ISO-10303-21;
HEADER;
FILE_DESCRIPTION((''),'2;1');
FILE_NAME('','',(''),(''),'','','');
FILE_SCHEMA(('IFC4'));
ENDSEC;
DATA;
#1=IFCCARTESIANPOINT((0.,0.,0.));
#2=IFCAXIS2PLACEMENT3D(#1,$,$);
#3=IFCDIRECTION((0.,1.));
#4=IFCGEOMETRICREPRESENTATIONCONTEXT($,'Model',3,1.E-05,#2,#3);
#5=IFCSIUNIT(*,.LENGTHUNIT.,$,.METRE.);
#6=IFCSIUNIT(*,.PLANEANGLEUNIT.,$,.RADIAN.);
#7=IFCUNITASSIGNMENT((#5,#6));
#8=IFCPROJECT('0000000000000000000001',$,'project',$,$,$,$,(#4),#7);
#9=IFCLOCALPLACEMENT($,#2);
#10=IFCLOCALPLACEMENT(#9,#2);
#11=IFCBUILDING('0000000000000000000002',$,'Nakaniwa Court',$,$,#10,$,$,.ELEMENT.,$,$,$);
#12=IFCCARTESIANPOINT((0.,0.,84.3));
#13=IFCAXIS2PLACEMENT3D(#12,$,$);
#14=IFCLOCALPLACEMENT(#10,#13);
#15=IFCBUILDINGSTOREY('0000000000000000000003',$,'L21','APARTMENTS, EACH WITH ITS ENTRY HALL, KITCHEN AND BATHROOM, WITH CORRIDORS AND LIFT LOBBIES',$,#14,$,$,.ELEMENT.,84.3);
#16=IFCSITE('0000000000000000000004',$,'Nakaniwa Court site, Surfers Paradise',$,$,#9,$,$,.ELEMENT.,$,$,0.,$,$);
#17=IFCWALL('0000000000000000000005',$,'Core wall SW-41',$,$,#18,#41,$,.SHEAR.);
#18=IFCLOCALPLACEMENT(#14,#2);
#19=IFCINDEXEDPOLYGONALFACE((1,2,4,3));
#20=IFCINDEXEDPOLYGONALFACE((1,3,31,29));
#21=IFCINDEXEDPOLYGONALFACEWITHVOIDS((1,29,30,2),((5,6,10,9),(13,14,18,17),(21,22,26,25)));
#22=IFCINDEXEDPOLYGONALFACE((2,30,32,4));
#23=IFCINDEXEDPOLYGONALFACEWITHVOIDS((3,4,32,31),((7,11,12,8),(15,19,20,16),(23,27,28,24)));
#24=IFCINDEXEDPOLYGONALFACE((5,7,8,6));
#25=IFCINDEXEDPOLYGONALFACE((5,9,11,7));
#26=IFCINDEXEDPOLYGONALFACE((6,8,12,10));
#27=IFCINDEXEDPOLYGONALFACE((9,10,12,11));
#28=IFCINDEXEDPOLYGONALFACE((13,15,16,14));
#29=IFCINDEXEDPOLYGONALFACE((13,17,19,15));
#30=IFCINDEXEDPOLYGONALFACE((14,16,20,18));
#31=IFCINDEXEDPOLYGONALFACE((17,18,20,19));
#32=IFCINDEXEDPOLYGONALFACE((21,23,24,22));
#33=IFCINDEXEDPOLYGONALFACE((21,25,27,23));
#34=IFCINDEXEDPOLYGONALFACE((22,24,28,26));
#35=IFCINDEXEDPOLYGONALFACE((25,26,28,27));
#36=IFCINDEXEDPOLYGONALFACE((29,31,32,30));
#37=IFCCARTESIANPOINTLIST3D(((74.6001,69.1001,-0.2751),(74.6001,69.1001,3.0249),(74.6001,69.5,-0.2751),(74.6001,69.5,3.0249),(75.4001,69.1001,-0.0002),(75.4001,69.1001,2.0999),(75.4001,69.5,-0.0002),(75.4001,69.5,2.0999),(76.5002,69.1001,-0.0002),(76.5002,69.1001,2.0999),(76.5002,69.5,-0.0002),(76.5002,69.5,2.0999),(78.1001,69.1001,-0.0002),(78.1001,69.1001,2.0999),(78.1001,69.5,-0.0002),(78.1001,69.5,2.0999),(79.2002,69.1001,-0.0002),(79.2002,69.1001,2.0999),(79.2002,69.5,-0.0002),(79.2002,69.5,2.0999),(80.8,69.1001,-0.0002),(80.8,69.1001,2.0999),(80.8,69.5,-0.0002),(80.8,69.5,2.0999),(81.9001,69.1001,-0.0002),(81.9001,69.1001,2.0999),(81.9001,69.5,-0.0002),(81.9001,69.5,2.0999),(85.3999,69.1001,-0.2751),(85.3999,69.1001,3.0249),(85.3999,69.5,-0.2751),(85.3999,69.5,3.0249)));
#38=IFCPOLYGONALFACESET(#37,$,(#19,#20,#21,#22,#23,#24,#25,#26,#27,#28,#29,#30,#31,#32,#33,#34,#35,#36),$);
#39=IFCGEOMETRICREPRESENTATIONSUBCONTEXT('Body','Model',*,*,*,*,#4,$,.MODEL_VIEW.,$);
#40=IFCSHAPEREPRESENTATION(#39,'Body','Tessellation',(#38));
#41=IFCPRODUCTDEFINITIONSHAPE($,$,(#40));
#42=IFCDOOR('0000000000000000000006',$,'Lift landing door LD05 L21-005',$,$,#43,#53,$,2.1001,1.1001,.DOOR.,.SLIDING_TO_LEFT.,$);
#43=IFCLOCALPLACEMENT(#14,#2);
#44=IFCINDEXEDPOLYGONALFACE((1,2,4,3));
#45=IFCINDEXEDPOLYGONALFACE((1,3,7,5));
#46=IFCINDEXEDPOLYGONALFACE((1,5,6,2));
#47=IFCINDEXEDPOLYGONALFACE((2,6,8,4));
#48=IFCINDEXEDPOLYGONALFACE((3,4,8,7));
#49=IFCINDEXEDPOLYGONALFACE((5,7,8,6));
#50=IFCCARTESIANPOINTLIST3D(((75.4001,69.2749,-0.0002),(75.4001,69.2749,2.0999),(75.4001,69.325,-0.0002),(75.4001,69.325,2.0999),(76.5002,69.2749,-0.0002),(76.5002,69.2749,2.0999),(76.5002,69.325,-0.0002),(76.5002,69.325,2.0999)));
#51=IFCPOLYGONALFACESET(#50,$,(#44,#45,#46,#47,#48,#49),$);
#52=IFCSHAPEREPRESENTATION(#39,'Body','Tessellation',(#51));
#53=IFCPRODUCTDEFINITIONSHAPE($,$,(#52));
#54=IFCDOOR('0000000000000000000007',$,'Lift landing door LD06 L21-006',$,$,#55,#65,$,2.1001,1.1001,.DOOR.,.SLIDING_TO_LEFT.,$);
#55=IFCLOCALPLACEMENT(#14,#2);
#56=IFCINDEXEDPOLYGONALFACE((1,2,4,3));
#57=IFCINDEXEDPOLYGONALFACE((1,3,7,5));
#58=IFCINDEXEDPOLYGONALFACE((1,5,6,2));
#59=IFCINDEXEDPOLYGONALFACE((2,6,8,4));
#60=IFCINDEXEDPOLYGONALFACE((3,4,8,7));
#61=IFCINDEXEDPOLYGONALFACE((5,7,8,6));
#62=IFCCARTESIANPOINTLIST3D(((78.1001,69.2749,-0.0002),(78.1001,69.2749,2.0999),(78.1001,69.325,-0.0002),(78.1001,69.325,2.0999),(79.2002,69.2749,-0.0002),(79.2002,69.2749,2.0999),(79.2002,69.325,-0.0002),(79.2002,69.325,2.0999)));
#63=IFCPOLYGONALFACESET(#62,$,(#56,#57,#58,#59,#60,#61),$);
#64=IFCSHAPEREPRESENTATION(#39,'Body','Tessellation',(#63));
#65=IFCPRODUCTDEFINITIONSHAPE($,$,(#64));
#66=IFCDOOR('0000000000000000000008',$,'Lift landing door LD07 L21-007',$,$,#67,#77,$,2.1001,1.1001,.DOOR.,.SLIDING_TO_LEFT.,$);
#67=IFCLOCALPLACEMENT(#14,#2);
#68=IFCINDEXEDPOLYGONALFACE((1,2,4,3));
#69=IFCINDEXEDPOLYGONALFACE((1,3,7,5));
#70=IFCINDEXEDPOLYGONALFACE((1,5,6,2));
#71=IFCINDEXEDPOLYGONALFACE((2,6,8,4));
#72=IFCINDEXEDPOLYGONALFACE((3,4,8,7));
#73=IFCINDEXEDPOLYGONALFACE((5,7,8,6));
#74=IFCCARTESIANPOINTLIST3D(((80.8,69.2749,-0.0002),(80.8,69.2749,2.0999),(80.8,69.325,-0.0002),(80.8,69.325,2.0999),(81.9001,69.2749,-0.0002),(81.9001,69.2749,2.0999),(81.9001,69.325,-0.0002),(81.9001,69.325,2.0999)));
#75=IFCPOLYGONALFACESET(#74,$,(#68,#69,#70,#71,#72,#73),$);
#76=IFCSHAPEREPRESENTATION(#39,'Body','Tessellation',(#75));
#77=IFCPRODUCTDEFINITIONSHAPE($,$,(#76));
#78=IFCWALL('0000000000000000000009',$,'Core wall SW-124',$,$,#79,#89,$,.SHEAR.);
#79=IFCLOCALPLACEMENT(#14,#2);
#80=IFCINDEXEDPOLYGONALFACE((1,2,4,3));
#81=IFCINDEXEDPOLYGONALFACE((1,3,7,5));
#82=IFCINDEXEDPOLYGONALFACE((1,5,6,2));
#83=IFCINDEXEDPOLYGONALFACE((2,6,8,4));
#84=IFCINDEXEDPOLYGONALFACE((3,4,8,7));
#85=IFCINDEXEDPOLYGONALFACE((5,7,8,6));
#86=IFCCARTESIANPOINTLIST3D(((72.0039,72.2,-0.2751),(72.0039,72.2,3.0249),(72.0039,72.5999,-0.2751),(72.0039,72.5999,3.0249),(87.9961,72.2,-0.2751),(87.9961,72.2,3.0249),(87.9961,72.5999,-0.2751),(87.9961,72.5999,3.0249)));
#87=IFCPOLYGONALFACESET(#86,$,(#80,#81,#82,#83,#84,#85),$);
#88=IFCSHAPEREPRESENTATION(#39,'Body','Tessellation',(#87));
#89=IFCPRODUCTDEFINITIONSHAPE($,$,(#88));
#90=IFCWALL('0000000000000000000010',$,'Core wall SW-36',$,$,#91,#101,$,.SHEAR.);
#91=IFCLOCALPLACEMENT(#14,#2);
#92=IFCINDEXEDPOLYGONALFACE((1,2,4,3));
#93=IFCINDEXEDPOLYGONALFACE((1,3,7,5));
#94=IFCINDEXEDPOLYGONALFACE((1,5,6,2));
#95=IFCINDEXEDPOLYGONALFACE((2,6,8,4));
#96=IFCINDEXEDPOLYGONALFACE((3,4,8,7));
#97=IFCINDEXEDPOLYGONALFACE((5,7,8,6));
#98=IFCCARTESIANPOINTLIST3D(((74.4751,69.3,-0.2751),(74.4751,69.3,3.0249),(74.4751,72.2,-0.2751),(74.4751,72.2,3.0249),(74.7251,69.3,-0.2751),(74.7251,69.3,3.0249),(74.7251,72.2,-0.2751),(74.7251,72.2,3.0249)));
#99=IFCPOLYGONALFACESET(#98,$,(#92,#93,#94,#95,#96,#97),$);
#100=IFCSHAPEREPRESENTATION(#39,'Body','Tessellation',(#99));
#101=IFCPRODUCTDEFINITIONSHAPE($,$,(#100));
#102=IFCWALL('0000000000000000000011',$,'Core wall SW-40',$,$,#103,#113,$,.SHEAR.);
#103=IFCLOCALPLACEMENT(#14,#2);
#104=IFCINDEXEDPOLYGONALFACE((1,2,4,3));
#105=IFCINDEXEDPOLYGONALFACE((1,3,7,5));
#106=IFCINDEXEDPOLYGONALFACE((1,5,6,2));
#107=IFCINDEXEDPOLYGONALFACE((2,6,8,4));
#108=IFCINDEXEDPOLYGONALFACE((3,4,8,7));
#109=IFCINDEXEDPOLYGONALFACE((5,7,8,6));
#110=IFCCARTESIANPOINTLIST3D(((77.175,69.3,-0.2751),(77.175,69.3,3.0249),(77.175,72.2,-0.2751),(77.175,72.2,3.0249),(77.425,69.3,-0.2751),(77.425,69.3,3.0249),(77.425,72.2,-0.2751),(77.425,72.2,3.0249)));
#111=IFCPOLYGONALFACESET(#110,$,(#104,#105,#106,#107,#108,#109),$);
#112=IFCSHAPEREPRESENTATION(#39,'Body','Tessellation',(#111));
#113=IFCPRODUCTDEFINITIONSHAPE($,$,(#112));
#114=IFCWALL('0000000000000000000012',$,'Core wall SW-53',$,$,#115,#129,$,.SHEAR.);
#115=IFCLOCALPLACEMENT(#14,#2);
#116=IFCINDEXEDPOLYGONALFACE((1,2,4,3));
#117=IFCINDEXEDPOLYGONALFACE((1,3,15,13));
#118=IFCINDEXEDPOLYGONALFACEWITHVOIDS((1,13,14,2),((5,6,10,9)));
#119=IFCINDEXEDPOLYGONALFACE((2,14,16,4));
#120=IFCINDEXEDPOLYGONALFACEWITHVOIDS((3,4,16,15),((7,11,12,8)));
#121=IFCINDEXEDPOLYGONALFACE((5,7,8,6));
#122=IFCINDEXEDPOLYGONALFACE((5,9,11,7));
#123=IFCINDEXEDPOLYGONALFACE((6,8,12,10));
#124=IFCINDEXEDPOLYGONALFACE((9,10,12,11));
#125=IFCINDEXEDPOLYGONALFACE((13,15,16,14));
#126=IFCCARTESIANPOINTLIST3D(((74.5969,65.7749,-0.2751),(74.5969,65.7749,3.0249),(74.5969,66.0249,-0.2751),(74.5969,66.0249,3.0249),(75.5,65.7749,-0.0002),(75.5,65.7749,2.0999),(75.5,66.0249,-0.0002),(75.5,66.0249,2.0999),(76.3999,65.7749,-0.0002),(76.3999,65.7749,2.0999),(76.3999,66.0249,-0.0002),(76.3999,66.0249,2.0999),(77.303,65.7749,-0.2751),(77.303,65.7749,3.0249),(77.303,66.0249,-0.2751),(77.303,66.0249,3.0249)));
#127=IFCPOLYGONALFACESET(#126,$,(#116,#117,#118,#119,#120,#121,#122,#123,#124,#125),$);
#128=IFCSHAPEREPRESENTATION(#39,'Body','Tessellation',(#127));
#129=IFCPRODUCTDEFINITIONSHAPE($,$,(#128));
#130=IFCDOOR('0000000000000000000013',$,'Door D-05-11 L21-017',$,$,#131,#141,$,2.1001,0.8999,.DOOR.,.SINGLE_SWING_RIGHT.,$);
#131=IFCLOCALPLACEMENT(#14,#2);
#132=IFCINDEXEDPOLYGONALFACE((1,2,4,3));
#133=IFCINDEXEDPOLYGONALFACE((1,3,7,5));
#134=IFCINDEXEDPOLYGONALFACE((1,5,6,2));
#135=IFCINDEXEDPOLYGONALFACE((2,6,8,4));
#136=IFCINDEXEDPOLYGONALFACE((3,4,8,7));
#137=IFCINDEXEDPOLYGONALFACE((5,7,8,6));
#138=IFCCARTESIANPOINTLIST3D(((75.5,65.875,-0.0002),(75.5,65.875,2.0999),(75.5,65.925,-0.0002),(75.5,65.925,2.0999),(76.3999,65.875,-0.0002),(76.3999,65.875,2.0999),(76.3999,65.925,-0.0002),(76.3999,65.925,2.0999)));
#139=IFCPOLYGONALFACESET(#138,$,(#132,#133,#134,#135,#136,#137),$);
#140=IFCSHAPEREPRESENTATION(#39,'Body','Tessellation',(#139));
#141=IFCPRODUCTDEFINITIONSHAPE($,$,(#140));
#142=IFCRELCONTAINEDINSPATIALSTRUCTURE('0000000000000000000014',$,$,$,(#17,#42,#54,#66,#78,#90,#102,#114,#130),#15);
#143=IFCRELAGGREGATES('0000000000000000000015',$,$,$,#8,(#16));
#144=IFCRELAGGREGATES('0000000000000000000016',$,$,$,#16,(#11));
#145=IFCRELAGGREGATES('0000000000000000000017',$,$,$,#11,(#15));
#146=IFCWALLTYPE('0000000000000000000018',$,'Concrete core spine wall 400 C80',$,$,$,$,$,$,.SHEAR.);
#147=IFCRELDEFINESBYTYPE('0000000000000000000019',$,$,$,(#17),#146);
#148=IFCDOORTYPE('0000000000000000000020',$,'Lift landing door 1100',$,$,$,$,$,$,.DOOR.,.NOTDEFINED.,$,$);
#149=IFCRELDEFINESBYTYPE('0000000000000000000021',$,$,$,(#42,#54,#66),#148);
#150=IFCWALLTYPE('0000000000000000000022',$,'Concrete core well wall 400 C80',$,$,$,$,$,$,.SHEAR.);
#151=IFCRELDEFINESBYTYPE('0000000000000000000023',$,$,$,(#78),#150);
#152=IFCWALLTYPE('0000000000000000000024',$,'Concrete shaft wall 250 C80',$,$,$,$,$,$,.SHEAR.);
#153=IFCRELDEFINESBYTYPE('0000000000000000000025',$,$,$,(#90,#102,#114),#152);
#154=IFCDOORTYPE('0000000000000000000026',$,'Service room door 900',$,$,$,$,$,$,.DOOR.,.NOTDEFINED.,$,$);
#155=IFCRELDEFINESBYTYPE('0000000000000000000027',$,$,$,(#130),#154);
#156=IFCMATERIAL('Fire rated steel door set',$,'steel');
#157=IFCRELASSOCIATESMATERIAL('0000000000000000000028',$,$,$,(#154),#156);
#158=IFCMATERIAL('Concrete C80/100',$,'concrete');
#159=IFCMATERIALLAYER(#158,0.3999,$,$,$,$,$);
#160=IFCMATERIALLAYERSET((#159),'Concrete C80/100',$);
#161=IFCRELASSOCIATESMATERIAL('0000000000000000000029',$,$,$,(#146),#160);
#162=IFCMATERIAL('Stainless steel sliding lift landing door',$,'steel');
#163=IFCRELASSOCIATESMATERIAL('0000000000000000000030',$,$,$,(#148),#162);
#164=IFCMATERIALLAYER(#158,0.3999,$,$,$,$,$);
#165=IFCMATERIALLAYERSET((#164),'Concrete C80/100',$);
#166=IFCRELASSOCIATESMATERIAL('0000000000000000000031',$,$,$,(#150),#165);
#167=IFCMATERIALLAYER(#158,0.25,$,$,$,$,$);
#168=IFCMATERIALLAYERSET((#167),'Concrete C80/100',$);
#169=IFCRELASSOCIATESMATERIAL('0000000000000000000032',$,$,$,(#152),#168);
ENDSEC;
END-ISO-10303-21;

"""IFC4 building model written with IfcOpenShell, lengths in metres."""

from ifc_helpers import new_model, si_unit, direction, frame, frame_2d, origin, place, context, subcontext, project, spatial, rectangle, extrude, material, layer, layer_set, type_object, element, fill, save


model = new_model("IFC4")

# Units and contexts
model_context = context("Model", 3, precision=1e-05, world=origin(), true_north=direction((0.0, 1.0)))
body_context = subcontext(model_context, "Body", "Model", "MODEL_VIEW")
ifc_project = project(units=[si_unit("LENGTHUNIT", "METRE"), si_unit("PLANEANGLEUNIT", "RADIAN")], contexts=[model_context])

# Site, building, storey
site_placement = place(None, origin())
site = spatial("IfcSite", under=ifc_project, at=site_placement, Name="Nakaniwa Court site, Surfers Paradise", CompositionType="ELEMENT", RefElevation=0.0)
building_placement = place(site_placement, origin())
building = spatial("IfcBuilding", under=site, at=building_placement, Name="Nakaniwa Court", CompositionType="ELEMENT")
storey_placement = place(building_placement, frame((0.0, 0.0, 84.3)))
storey = spatial("IfcBuildingStorey", under=building, at=storey_placement, Name="L21", Description="APARTMENTS, EACH WITH ITS ENTRY HALL, KITCHEN AND BATHROOM, WITH CORRIDORS AND LIFT LOBBIES", CompositionType="ELEMENT", Elevation=84.3)

# Shared definitions
ifc_material_1 = material(Name="Concrete C80/100", Category="concrete")

# Shared definitions
ifc_material_2 = material(Name="Fire rated steel door set", Category="steel")
door_type_1 = type_object("IfcDoorType", Name="Service room door 900", OperationType="NOTDEFINED", PredefinedType="DOOR", material=ifc_material_2)

# Wall, openings, doors
ifc_layer_1 = layer(ifc_material_1, 0.3999)
ifc_layer_set_1 = layer_set([ifc_layer_1], Name="Concrete C80/100")
wall_type_1 = type_object("IfcWallType", Name="Concrete core spine wall 400 C80", PredefinedType="SHEAR", material=ifc_layer_set_1)
wall_1_placement = place(storey_placement, frame((74.6001, 69.3, -0.2751), z_axis=(0.0, 0.0, 1.0), x_axis=(1.0, 0.0, 0.0)))
wall_1 = element("IfcWall", 1, at=wall_1_placement, inside=storey, type_object=wall_type_1, Name="Core wall SW-41", PredefinedType="SHEAR", context=body_context, shape_type="SweptSolid", body=[
    extrude(rectangle(XDim=10.7998, YDim=0.3999, at=frame_2d((5.3999, 0.0))), origin(), (0.0, 0.0, 1.0), 3.3),
])
opening_1_placement = place(wall_1_placement, frame((0.8, 0.0, 0.2749)))
opening_1 = element("IfcOpeningElement", 2, at=opening_1_placement, cuts=wall_1, PredefinedType="OPENING", context=body_context, shape_type="SweptSolid", body=[
    extrude(rectangle(XDim=1.1001, YDim=2.1001, at=frame_2d((0.55, 1.05))), frame((0.0, 0.21, 0.0), z_axis=(0.0, -1.0, 0.0), x_axis=(1.0, 0.0, 0.0)), (0.0, 0.0, 1.0), 0.4199),
])
opening_2_placement = place(wall_1_placement, frame((3.5, 0.0, 0.2749)))
opening_2 = element("IfcOpeningElement", 3, at=opening_2_placement, cuts=wall_1, PredefinedType="OPENING", context=body_context, shape_type="SweptSolid", body=[
    extrude(rectangle(XDim=1.1001, YDim=2.1001, at=frame_2d((0.55, 1.05))), frame((0.0, 0.21, 0.0), z_axis=(0.0, -1.0, 0.0), x_axis=(1.0, 0.0, 0.0)), (0.0, 0.0, 1.0), 0.4199),
])
opening_3_placement = place(wall_1_placement, frame((6.2, 0.0, 0.2749)))
opening_3 = element("IfcOpeningElement", 4, at=opening_3_placement, cuts=wall_1, PredefinedType="OPENING", context=body_context, shape_type="SweptSolid", body=[
    extrude(rectangle(XDim=1.1001, YDim=2.1001, at=frame_2d((0.55, 1.05))), frame((0.0, 0.21, 0.0), z_axis=(0.0, -1.0, 0.0), x_axis=(1.0, 0.0, 0.0)), (0.0, 0.0, 1.0), 0.4199),
])
ifc_material_3 = material(Name="Stainless steel sliding lift landing door", Category="steel")
door_type_2 = type_object("IfcDoorType", Name="Lift landing door 1100", OperationType="NOTDEFINED", PredefinedType="DOOR", material=ifc_material_3)
door_1_placement = place(opening_1_placement, origin())
door_1 = element("IfcDoor", 5, at=door_1_placement, inside=storey, type_object=door_type_2, Name="Lift landing door LD05 L21-005", OperationType="SLIDING_TO_LEFT", OverallHeight=2.1001, OverallWidth=1.1001, PredefinedType="DOOR", context=body_context, shape_type="SweptSolid", body=[
    extrude(rectangle(XDim=1.1001, YDim=2.1001, at=frame_2d((0.55, 1.05))), frame((0.0, 0.0249, 0.0), z_axis=(0.0, -1.0, 0.0), x_axis=(1.0, 0.0, 0.0)), (0.0, 0.0, 1.0), 0.05),
])
fill(opening_1, door_1)
door_2_placement = place(opening_2_placement, origin())
door_2 = element("IfcDoor", 6, at=door_2_placement, inside=storey, type_object=door_type_2, Name="Lift landing door LD06 L21-006", OperationType="SLIDING_TO_LEFT", OverallHeight=2.1001, OverallWidth=1.1001, PredefinedType="DOOR", context=body_context, shape_type="SweptSolid", body=[
    extrude(rectangle(XDim=1.1001, YDim=2.1001, at=frame_2d((0.55, 1.05))), frame((0.0, 0.0249, 0.0), z_axis=(0.0, -1.0, 0.0), x_axis=(1.0, 0.0, 0.0)), (0.0, 0.0, 1.0), 0.05),
])
fill(opening_2, door_2)
door_3_placement = place(opening_3_placement, origin())
door_3 = element("IfcDoor", 7, at=door_3_placement, inside=storey, type_object=door_type_2, Name="Lift landing door LD07 L21-007", OperationType="SLIDING_TO_LEFT", OverallHeight=2.1001, OverallWidth=1.1001, PredefinedType="DOOR", context=body_context, shape_type="SweptSolid", body=[
    extrude(rectangle(XDim=1.1001, YDim=2.1001, at=frame_2d((0.55, 1.05))), frame((0.0, 0.0249, 0.0), z_axis=(0.0, -1.0, 0.0), x_axis=(1.0, 0.0, 0.0)), (0.0, 0.0, 1.0), 0.05),
])
fill(opening_3, door_3)

# Walls
ifc_layer_2 = layer(ifc_material_1, 0.3999)
ifc_layer_set_2 = layer_set([ifc_layer_2], Name="Concrete C80/100")
wall_type_2 = type_object("IfcWallType", Name="Concrete core well wall 400 C80", PredefinedType="SHEAR", material=ifc_layer_set_2)
wall_2_placement = place(storey_placement, frame((72.0039, 72.3999, -0.2751), z_axis=(0.0, 0.0, 1.0), x_axis=(1.0, 0.0, 0.0)))
element("IfcWall", 8, at=wall_2_placement, inside=storey, type_object=wall_type_2, Name="Core wall SW-124", PredefinedType="SHEAR", context=body_context, shape_type="SweptSolid", body=[
    extrude(rectangle(XDim=15.9922, YDim=0.3999, at=frame_2d((7.9961, 0.0))), origin(), (0.0, 0.0, 1.0), 3.3),
])
ifc_layer_3 = layer(ifc_material_1, 0.25)
ifc_layer_set_3 = layer_set([ifc_layer_3], Name="Concrete C80/100")
wall_type_3 = type_object("IfcWallType", Name="Concrete shaft wall 250 C80", PredefinedType="SHEAR", material=ifc_layer_set_3)
for number, where, z_axis, x_axis, name in (
    (9, (74.6001, 69.3, -0.2751), (0.0, 0.0, 1.0), (0.0, 1.0, 0.0), "Core wall SW-36"),
    (10, (77.3, 69.3, -0.2751), (0.0, 0.0, 1.0), (0.0, 1.0, 0.0), "Core wall SW-40"),
):
    element("IfcWall", number, at=place(storey_placement, frame(where, z_axis=z_axis, x_axis=x_axis)), inside=storey, type_object=wall_type_3, Name=name, PredefinedType="SHEAR", context=body_context, shape_type="SweptSolid", body=[
        extrude(rectangle(XDim=2.8999, YDim=0.25, at=frame_2d((1.45, 0.0))), origin(), (0.0, 0.0, 1.0), 3.3),
    ])

# Wall, opening, door
wall_3_placement = place(storey_placement, frame((77.303, 65.8999, -0.2751), z_axis=(0.0, 0.0, 1.0), x_axis=(-1.0, 0.0, 0.0)))
wall_3 = element("IfcWall", 11, at=wall_3_placement, inside=storey, type_object=wall_type_3, Name="Core wall SW-53", PredefinedType="SHEAR", context=body_context, shape_type="SweptSolid", body=[
    extrude(rectangle(XDim=2.7061, YDim=0.25, at=frame_2d((1.353, 0.0))), origin(), (0.0, 0.0, 1.0), 3.3),
])
opening_4_placement = place(wall_3_placement, frame((0.9031, 0.0, 0.2749)))
opening_4 = element("IfcOpeningElement", 12, at=opening_4_placement, cuts=wall_3, PredefinedType="OPENING", context=body_context, shape_type="SweptSolid", body=[
    extrude(rectangle(XDim=0.8999, YDim=2.1001, at=frame_2d((0.45, 1.05))), frame((0.0, 0.135, 0.0), z_axis=(0.0, -1.0, 0.0), x_axis=(1.0, 0.0, 0.0)), (0.0, 0.0, 1.0), 0.27),
])
door_4_placement = place(opening_4_placement, origin())
door_4 = element("IfcDoor", 13, at=door_4_placement, inside=storey, type_object=door_type_1, Name="Door D-05-11 L21-017", OperationType="SINGLE_SWING_RIGHT", OverallHeight=2.1001, OverallWidth=0.8999, PredefinedType="DOOR", context=body_context, shape_type="SweptSolid", body=[
    extrude(rectangle(XDim=0.8999, YDim=2.1001, at=frame_2d((0.45, 1.05))), frame((0.0, 0.0249, 0.0), z_axis=(0.0, -1.0, 0.0), x_axis=(1.0, 0.0, 0.0)), (0.0, 0.0, 1.0), 0.05),
])
fill(opening_4, door_4)

save(model, "model.ifc")
